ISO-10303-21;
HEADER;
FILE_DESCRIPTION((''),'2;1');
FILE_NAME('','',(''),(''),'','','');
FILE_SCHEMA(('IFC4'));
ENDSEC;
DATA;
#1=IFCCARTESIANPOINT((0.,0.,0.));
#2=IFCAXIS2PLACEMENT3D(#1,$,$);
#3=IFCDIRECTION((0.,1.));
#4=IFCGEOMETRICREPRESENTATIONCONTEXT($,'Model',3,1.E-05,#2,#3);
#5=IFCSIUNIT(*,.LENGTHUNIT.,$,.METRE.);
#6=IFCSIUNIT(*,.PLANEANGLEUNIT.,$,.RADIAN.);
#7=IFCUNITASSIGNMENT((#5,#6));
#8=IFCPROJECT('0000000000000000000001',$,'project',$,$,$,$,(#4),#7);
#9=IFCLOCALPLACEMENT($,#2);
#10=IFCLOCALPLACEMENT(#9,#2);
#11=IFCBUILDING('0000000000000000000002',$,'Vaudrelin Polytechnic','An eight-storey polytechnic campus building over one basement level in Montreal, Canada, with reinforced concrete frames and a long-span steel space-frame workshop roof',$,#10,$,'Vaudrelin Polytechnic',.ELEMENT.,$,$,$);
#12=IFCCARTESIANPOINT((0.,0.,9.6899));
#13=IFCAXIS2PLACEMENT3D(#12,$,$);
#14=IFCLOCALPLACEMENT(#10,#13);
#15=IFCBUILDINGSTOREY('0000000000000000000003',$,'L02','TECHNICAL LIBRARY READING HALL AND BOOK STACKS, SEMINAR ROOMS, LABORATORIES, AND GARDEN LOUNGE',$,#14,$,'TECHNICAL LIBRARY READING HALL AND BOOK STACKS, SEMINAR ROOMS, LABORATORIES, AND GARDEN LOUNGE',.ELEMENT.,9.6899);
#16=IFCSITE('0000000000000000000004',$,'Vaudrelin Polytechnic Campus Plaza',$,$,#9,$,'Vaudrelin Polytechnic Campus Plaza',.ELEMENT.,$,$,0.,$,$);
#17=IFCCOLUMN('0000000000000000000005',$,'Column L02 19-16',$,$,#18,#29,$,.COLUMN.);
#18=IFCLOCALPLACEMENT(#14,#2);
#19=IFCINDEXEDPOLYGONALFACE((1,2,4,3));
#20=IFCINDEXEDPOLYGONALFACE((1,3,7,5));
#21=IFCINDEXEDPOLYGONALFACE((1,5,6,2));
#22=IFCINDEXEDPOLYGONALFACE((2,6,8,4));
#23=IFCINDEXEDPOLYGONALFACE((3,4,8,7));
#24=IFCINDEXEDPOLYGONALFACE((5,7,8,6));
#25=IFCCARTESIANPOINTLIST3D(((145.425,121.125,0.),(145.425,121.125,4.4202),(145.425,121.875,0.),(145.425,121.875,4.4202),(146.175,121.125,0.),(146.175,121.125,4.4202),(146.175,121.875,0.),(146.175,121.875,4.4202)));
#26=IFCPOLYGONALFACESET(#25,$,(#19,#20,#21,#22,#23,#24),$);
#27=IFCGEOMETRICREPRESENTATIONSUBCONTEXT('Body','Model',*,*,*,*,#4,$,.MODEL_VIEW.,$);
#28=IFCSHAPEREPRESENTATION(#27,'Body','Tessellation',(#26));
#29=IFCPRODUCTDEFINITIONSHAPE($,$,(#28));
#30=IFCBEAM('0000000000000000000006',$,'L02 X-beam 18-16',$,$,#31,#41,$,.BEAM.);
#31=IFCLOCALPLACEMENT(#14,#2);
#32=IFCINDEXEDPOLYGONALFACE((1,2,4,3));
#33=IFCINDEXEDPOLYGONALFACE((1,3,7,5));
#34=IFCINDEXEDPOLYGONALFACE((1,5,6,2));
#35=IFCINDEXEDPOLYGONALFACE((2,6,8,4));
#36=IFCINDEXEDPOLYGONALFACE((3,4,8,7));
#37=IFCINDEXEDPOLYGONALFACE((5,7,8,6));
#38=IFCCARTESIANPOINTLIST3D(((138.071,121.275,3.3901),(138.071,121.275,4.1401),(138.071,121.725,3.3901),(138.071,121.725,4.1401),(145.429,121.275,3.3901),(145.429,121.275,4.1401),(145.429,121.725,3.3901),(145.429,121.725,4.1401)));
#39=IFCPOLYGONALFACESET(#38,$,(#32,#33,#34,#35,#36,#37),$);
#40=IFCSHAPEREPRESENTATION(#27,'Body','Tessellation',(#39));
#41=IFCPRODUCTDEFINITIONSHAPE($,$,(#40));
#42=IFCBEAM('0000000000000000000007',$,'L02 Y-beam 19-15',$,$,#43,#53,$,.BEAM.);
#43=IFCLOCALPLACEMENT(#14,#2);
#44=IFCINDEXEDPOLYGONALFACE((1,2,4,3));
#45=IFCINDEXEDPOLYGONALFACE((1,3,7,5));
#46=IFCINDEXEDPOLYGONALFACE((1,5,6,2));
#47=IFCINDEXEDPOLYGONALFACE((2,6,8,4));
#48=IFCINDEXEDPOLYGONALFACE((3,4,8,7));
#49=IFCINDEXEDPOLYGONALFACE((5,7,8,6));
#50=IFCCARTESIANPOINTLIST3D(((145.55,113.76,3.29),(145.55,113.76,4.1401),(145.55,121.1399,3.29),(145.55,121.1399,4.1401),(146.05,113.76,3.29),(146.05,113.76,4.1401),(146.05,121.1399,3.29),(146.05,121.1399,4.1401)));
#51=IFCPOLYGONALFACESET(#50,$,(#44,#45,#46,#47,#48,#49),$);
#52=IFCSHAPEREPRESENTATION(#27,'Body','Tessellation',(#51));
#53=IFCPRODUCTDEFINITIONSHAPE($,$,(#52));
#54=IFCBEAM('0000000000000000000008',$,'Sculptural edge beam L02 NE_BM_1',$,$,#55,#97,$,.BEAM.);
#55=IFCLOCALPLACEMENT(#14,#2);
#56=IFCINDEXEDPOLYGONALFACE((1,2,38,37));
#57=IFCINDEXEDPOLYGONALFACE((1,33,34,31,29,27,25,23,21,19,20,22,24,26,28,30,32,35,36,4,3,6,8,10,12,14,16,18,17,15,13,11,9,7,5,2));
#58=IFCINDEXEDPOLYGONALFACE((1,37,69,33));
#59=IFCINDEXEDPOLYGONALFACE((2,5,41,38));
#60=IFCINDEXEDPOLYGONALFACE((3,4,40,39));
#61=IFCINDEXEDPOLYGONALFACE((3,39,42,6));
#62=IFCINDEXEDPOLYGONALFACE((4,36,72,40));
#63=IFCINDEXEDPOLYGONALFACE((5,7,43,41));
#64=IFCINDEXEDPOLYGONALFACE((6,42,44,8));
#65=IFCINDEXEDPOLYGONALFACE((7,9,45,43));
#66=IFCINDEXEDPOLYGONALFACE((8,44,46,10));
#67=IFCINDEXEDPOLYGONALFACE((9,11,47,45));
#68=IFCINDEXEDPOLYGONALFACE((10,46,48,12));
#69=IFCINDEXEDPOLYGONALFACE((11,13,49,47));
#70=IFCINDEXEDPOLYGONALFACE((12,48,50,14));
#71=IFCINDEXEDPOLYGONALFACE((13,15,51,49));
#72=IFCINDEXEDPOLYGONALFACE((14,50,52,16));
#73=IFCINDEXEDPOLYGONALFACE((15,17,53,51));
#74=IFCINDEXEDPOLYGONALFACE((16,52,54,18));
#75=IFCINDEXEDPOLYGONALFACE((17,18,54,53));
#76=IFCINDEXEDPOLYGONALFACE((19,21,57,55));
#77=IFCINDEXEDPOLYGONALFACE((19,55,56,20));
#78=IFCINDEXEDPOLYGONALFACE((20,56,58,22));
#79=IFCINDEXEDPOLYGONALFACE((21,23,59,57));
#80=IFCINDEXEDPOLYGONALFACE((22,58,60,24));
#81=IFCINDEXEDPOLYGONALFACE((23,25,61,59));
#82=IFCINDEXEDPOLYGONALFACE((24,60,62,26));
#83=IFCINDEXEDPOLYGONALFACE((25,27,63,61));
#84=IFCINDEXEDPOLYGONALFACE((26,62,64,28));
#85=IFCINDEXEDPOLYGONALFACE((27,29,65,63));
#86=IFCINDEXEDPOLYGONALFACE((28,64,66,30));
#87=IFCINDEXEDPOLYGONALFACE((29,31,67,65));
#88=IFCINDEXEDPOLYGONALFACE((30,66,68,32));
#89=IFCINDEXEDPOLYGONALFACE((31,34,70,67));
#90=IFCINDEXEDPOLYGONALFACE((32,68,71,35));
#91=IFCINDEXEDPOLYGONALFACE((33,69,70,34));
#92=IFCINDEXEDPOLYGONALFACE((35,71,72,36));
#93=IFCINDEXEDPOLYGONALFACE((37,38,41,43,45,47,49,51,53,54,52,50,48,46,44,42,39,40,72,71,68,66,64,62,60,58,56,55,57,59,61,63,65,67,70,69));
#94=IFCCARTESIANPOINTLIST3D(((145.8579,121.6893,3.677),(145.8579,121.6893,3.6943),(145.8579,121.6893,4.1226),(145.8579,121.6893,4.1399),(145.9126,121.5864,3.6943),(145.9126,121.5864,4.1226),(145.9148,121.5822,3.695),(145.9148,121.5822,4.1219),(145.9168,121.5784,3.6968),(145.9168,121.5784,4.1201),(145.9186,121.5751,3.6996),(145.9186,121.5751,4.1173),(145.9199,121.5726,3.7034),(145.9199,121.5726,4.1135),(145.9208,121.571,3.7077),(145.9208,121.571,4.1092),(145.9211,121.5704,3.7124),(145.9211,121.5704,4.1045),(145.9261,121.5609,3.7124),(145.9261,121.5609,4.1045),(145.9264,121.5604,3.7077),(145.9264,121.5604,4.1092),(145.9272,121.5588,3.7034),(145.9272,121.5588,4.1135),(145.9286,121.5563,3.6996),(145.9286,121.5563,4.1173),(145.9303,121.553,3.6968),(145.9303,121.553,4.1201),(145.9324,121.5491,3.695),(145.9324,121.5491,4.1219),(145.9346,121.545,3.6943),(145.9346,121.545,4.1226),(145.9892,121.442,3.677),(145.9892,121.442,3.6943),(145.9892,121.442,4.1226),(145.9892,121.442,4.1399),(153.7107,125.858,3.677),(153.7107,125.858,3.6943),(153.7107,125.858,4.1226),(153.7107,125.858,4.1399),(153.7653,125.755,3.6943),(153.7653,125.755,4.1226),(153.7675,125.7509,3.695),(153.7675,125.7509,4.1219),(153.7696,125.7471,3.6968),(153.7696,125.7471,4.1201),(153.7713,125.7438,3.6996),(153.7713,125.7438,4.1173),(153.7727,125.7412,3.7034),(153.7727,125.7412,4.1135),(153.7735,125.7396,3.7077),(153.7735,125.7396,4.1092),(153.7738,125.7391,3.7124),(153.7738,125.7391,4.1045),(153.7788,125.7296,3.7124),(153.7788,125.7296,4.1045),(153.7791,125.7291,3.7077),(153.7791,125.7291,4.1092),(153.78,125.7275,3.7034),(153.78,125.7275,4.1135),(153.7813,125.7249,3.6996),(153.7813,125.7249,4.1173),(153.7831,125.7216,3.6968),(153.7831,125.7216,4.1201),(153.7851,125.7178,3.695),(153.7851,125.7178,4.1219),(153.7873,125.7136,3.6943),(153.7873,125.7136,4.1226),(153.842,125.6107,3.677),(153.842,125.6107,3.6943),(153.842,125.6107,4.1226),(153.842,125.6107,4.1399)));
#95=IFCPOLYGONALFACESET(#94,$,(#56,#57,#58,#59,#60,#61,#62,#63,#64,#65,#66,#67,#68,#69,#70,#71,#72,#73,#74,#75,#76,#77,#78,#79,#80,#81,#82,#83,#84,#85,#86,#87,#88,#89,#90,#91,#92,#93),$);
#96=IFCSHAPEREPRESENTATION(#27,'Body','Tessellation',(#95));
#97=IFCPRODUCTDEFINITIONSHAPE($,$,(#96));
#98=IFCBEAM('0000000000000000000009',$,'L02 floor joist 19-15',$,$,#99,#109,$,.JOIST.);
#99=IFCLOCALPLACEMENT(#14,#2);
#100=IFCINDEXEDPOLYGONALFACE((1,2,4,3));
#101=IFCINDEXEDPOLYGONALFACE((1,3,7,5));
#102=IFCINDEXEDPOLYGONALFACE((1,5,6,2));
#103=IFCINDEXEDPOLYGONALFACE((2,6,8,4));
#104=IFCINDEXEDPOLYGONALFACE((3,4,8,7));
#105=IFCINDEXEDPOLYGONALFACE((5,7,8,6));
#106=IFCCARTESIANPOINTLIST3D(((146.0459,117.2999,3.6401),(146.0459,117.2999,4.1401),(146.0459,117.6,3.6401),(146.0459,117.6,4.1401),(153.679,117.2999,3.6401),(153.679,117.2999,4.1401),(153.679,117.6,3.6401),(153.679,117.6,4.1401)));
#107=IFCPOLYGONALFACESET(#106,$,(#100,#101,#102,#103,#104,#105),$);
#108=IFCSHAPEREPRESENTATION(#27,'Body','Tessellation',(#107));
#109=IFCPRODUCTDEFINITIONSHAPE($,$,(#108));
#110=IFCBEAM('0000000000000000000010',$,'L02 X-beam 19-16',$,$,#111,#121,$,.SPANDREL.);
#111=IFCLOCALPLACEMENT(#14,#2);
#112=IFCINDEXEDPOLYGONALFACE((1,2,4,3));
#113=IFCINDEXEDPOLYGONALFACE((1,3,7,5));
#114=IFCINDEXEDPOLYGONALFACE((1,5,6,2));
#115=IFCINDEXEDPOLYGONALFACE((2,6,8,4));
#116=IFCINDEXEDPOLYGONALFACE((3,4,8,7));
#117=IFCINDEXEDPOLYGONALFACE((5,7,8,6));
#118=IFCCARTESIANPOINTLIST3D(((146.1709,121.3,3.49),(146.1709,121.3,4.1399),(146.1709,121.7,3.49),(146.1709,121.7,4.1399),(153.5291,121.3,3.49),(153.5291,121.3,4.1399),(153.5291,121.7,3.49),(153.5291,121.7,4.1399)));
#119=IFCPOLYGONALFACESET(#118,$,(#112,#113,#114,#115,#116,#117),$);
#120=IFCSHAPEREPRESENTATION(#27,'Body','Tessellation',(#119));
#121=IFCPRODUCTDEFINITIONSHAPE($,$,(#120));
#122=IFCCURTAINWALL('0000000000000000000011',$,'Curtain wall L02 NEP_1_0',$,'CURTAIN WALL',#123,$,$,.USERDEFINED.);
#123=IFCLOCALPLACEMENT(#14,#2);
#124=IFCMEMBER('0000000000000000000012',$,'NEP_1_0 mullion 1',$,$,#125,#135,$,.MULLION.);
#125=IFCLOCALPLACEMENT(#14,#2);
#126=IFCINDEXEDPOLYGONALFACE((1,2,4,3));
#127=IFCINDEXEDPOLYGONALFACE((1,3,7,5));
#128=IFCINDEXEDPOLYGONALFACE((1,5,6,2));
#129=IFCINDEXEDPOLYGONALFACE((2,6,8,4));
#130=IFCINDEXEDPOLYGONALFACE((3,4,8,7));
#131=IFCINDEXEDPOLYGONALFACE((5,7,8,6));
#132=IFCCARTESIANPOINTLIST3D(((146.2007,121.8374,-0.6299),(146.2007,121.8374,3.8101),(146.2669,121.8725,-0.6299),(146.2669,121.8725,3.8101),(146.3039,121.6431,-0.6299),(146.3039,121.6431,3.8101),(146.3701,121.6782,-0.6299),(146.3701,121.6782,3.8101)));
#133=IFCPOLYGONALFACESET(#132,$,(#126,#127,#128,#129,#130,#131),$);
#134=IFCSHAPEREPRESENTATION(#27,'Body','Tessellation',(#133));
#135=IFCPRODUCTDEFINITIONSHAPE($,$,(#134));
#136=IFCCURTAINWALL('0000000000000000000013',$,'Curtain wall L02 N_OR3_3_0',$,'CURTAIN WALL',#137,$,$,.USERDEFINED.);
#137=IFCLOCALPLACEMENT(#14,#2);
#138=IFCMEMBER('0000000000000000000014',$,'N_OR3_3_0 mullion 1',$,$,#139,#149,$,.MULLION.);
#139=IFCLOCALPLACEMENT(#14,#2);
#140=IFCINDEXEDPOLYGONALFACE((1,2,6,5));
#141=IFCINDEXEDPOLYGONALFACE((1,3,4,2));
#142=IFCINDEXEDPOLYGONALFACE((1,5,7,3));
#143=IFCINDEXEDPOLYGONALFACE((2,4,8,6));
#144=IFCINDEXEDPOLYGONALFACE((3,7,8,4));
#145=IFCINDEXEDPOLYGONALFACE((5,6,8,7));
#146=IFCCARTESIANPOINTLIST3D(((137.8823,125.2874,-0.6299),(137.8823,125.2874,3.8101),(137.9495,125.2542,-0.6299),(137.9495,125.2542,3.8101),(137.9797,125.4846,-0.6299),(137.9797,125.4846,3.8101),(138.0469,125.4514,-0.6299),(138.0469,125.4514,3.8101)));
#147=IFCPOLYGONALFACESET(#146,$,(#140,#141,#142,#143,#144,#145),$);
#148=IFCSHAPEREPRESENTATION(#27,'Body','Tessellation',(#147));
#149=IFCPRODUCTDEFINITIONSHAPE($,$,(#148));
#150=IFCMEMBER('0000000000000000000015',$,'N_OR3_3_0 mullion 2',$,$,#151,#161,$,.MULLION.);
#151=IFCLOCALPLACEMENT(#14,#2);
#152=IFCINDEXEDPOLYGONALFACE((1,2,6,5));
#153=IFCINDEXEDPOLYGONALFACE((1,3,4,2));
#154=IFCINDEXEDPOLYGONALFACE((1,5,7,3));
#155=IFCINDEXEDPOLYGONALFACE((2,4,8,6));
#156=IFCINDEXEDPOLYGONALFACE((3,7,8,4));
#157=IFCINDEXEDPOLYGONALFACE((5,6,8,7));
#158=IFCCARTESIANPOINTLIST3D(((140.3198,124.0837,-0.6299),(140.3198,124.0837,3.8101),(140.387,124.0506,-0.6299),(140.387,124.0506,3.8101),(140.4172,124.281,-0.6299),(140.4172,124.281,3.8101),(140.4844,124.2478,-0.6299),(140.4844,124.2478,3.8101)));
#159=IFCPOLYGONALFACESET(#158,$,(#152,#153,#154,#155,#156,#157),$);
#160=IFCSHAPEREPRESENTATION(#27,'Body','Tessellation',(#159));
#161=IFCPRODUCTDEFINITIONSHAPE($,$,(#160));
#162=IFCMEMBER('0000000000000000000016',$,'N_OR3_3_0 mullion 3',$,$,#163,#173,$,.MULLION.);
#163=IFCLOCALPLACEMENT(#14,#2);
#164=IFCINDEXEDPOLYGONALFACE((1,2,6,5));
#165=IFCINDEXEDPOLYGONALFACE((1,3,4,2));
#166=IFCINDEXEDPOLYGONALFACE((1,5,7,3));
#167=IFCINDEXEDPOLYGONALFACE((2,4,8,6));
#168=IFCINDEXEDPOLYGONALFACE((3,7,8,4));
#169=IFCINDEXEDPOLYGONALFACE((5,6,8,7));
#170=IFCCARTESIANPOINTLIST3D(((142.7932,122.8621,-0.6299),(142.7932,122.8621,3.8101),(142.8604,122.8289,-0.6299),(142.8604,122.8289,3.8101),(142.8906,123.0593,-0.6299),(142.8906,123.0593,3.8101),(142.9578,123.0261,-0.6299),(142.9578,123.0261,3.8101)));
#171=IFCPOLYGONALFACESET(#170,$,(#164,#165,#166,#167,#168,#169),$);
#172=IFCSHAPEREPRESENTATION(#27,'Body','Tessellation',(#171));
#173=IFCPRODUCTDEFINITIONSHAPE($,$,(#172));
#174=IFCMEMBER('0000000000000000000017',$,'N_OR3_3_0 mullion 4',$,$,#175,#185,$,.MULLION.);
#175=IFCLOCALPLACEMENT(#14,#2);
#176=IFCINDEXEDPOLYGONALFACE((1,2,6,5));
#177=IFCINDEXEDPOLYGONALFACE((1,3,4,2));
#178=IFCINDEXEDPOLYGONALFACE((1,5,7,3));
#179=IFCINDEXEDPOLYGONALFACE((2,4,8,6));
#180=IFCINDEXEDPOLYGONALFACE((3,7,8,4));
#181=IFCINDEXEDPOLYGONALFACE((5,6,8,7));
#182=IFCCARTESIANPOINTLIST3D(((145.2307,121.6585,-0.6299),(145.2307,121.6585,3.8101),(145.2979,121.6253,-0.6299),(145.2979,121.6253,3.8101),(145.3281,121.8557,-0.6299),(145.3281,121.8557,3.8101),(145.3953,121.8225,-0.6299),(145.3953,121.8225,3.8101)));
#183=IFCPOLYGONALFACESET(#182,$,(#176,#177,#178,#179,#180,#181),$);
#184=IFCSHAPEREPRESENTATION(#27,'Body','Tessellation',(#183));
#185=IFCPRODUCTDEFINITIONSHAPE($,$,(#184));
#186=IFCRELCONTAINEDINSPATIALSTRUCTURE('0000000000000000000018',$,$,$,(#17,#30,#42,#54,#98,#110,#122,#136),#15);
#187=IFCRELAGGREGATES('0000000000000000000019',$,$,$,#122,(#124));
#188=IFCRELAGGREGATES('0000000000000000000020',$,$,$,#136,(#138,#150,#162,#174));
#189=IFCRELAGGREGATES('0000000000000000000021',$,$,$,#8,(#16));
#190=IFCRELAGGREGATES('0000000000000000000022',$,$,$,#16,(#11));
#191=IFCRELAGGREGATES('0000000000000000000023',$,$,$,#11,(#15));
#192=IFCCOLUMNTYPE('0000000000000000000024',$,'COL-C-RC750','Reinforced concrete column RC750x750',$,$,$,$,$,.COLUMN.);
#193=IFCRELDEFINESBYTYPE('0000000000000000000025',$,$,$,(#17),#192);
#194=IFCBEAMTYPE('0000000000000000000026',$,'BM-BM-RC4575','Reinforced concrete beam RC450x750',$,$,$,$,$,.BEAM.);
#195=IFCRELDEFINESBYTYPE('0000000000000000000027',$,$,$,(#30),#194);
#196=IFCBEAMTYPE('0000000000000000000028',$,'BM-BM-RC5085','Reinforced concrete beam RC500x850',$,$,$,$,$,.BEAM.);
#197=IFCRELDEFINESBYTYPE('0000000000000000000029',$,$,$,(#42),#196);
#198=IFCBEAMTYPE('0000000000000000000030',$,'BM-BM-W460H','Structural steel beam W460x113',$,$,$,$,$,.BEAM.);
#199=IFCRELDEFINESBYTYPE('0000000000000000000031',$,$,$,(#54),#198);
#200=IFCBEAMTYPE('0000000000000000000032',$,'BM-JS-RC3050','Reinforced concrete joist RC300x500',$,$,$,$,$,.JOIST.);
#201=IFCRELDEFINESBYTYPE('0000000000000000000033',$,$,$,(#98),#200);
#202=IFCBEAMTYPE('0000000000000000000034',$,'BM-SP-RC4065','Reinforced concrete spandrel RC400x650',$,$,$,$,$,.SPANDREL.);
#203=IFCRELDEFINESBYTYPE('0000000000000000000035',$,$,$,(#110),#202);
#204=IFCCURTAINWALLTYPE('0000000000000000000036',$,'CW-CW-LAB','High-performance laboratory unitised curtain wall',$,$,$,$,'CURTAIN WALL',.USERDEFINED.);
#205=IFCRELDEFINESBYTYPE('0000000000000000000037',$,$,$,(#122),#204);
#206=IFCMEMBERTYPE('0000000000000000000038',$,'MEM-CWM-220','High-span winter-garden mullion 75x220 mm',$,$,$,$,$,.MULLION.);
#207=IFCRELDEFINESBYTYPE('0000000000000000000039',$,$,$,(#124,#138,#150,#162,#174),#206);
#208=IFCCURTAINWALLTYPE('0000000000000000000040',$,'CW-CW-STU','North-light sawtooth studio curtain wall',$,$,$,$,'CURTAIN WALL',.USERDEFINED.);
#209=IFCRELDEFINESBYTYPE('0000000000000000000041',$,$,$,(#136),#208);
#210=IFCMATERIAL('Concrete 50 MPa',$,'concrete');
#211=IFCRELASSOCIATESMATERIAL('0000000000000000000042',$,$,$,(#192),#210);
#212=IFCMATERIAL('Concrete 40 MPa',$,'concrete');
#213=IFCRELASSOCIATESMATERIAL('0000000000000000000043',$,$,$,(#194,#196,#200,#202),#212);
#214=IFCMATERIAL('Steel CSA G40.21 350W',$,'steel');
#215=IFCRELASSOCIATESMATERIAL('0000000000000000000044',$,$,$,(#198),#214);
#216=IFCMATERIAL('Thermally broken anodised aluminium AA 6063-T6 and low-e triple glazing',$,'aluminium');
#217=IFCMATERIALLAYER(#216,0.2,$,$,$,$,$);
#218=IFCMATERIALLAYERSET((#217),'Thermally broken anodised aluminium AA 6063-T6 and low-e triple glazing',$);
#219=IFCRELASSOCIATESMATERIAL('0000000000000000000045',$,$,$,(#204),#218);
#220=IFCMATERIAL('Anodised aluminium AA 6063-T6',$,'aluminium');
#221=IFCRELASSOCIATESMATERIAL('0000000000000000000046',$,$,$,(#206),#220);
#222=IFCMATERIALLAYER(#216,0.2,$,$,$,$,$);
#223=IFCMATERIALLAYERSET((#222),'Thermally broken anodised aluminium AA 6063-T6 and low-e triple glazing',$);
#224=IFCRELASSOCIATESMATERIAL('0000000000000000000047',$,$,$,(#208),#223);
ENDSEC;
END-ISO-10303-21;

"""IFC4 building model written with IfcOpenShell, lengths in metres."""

from ifc_helpers import new_model, si_unit, direction, frame, origin, origin_2d, place, context, subcontext, project, spatial, rectangle, i_section, extrude, material, layer, layer_set, material_profile, profile_set, type_object, element, aggregate, save


model = new_model("IFC4")

# Units and contexts
model_context = context("Model", 3, precision=1e-05, world=origin(), true_north=direction((0.0, 1.0)))
body_context = subcontext(model_context, "Body", "Model", "MODEL_VIEW")
ifc_project = project(units=[si_unit("LENGTHUNIT", "METRE"), si_unit("PLANEANGLEUNIT", "RADIAN")], contexts=[model_context])

# Site, building, storey
site_placement = place(None, origin())
site = spatial("IfcSite", under=ifc_project, at=site_placement, Name="Vaudrelin Polytechnic Campus Plaza", LongName="Vaudrelin Polytechnic Campus Plaza", CompositionType="ELEMENT", RefElevation=0.0)
building_placement = place(site_placement, origin())
building = spatial("IfcBuilding", under=site, at=building_placement, Name="Vaudrelin Polytechnic", Description="An eight-storey polytechnic campus building over one basement level in Montreal, Canada, with reinforced concrete frames and a long-span steel space-frame workshop roof", LongName="Vaudrelin Polytechnic", CompositionType="ELEMENT")
storey_placement = place(building_placement, frame((0.0, 0.0, 9.6899)))
storey = spatial("IfcBuildingStorey", under=building, at=storey_placement, Name="L02", Description="TECHNICAL LIBRARY READING HALL AND BOOK STACKS, SEMINAR ROOMS, LABORATORIES, AND GARDEN LOUNGE", LongName="TECHNICAL LIBRARY READING HALL AND BOOK STACKS, SEMINAR ROOMS, LABORATORIES, AND GARDEN LOUNGE", CompositionType="ELEMENT", Elevation=9.6899)

# Column
ifc_material_1 = material(Name="Concrete 50 MPa", Category="concrete")
ifc_material_profile_1 = material_profile(ifc_material_1, rectangle(XDim=0.75, YDim=0.75, at=origin_2d()), Name="RC750x750")
ifc_profile_set_1 = profile_set([ifc_material_profile_1], Name="Concrete 50 MPa")
column_type = type_object("IfcColumnType", Name="COL-C-RC750", Description="Reinforced concrete column RC750x750", PredefinedType="COLUMN", material=ifc_profile_set_1)
column_placement = place(storey_placement, frame((145.8, 121.5, 0.0), z_axis=(0.0, 0.0, 1.0), x_axis=(1.0, 0.0, 0.0)))
element("IfcColumn", 1, at=column_placement, inside=storey, type_object=column_type, Name="Column L02 19-16", PredefinedType="COLUMN", context=body_context, shape_type="SweptSolid", body=[
    extrude(rectangle(XDim=0.75, YDim=0.75, at=origin_2d()), origin(), (0.0, 0.0, 1.0), 4.4202),
])

# Beams
ifc_material_2 = material(Name="Concrete 40 MPa", Category="concrete")
ifc_material_profile_2 = material_profile(ifc_material_2, rectangle(XDim=0.45, YDim=0.75, at=origin_2d()), Name="RC450x750")
ifc_profile_set_2 = profile_set([ifc_material_profile_2], Name="Concrete 40 MPa")
beam_type_1 = type_object("IfcBeamType", Name="BM-BM-RC4575", Description="Reinforced concrete beam RC450x750", PredefinedType="BEAM", material=ifc_profile_set_2)
beam_1_placement = place(storey_placement, frame((138.071, 121.5, 3.7651), z_axis=(1.0, 0.0, 0.0), x_axis=(0.0, 1.0, 0.0)))
element("IfcBeam", 2, at=beam_1_placement, inside=storey, type_object=beam_type_1, Name="L02 X-beam 18-16", PredefinedType="BEAM", context=body_context, shape_type="SweptSolid", body=[
    extrude(rectangle(XDim=0.45, YDim=0.75, at=origin_2d()), origin(), (0.0, 0.0, 1.0), 7.3579),
])
ifc_material_profile_3 = material_profile(ifc_material_2, rectangle(XDim=0.5, YDim=0.8501, at=origin_2d()), Name="RC500x850")
ifc_profile_set_3 = profile_set([ifc_material_profile_3], Name="Concrete 40 MPa")
beam_type_2 = type_object("IfcBeamType", Name="BM-BM-RC5085", Description="Reinforced concrete beam RC500x850", PredefinedType="BEAM", material=ifc_profile_set_3)
beam_2_placement = place(storey_placement, frame((145.8, 113.76, 3.7151), z_axis=(0.0, 1.0, 0.0), x_axis=(-1.0, 0.0, 0.0)))
element("IfcBeam", 3, at=beam_2_placement, inside=storey, type_object=beam_type_2, Name="L02 Y-beam 19-15", PredefinedType="BEAM", context=body_context, shape_type="SweptSolid", body=[
    extrude(rectangle(XDim=0.5, YDim=0.8501, at=origin_2d()), origin(), (0.0, 0.0, 1.0), 7.3799),
])
ifc_material_3 = material(Name="Steel CSA G40.21 350W", Category="steel")
ifc_material_profile_4 = material_profile(ifc_material_3, i_section(OverallWidth=0.28, OverallDepth=0.4629, WebThickness=0.0107, FlangeThickness=0.0173, FilletRadius=0.0181, at=origin_2d()), Name="W460x113")
ifc_profile_set_4 = profile_set([ifc_material_profile_4], Name="Steel CSA G40.21 350W")
beam_type_3 = type_object("IfcBeamType", Name="BM-BM-W460H", Description="Structural steel beam W460x113", PredefinedType="BEAM", material=ifc_profile_set_4)
beam_3_placement = place(storey_placement, frame((145.9236, 121.5657, 3.9084), z_axis=(0.88326, 0.468884, 0.0), x_axis=(-0.468884, 0.88326, 0.0)))
element("IfcBeam", 4, at=beam_3_placement, inside=storey, type_object=beam_type_3, Name="Sculptural edge beam L02 NE_BM_1", PredefinedType="BEAM", context=body_context, shape_type="SweptSolid", body=[
    extrude(i_section(OverallWidth=0.28, OverallDepth=0.4629, WebThickness=0.0107, FlangeThickness=0.0173, FilletRadius=0.0181, at=origin_2d()), origin(), (0.0, 0.0, 1.0), 8.8906),
])
ifc_material_profile_5 = material_profile(ifc_material_2, rectangle(XDim=0.3, YDim=0.5, at=origin_2d()), Name="RC300x500")
ifc_profile_set_5 = profile_set([ifc_material_profile_5], Name="Concrete 40 MPa")
beam_type_4 = type_object("IfcBeamType", Name="BM-JS-RC3050", Description="Reinforced concrete joist RC300x500", PredefinedType="JOIST", material=ifc_profile_set_5)
beam_4_placement = place(storey_placement, frame((146.0459, 117.45, 3.8901), z_axis=(1.0, 0.0, 0.0), x_axis=(0.0, 1.0, 0.0)))
element("IfcBeam", 5, at=beam_4_placement, inside=storey, type_object=beam_type_4, Name="L02 floor joist 19-15", PredefinedType="JOIST", context=body_context, shape_type="SweptSolid", body=[
    extrude(rectangle(XDim=0.3, YDim=0.5, at=origin_2d()), origin(), (0.0, 0.0, 1.0), 7.6331),
])
ifc_material_profile_6 = material_profile(ifc_material_2, rectangle(XDim=0.3999, YDim=0.6499, at=origin_2d()), Name="RC400x650")
ifc_profile_set_6 = profile_set([ifc_material_profile_6], Name="Concrete 40 MPa")
beam_type_5 = type_object("IfcBeamType", Name="BM-SP-RC4065", Description="Reinforced concrete spandrel RC400x650", PredefinedType="SPANDREL", material=ifc_profile_set_6)
beam_5_placement = place(storey_placement, frame((146.1709, 121.5, 3.8149), z_axis=(1.0, 0.0, 0.0), x_axis=(0.0, 1.0, 0.0)))
element("IfcBeam", 6, at=beam_5_placement, inside=storey, type_object=beam_type_5, Name="L02 X-beam 19-16", PredefinedType="SPANDREL", context=body_context, shape_type="SweptSolid", body=[
    extrude(rectangle(XDim=0.3999, YDim=0.6499, at=origin_2d()), origin(), (0.0, 0.0, 1.0), 7.3582),
])

# Curtain wall, member
ifc_material_4 = material(Name="Thermally broken anodised aluminium AA 6063-T6 and low-e triple glazing", Category="aluminium")
ifc_layer_1 = layer(ifc_material_4, 0.2)
ifc_layer_set_1 = layer_set([ifc_layer_1], Name="Thermally broken anodised aluminium AA 6063-T6 and low-e triple glazing")
curtain_wall_type_1 = type_object("IfcCurtainWallType", Name="CW-CW-LAB", Description="High-performance laboratory unitised curtain wall", ElementType="CURTAIN WALL", PredefinedType="USERDEFINED", material=ifc_layer_set_1)
curtain_wall_1_placement = place(storey_placement, origin())
curtain_wall_1 = element("IfcCurtainWall", 7, at=curtain_wall_1_placement, inside=storey, type_object=curtain_wall_type_1, Name="Curtain wall L02 NEP_1_0", ObjectType="CURTAIN WALL", PredefinedType="USERDEFINED")
ifc_material_5 = material(Name="Anodised aluminium AA 6063-T6", Category="aluminium")
ifc_material_profile_7 = material_profile(ifc_material_5, rectangle(XDim=0.075, YDim=0.22, at=origin_2d()), Name="CWM-75x220")
ifc_profile_set_7 = profile_set([ifc_material_profile_7], Name="Anodised aluminium AA 6063-T6")
member_type_1 = type_object("IfcMemberType", Name="MEM-CWM-220", Description="High-span winter-garden mullion 75x220 mm", PredefinedType="MULLION", material=ifc_profile_set_7)
member_1_placement = place(storey_placement, frame((146.2854, 121.7578, -0.6299), z_axis=(0.0, 0.0, 1.0), x_axis=(0.883254, 0.468896, 0.0)))
member_1 = element("IfcMember", 8, at=member_1_placement, type_object=member_type_1, Name="NEP_1_0 mullion 1", PredefinedType="MULLION", context=body_context, shape_type="SweptSolid", body=[
    extrude(rectangle(XDim=0.075, YDim=0.22, at=origin_2d()), origin(), (0.0, 0.0, 1.0), 4.4399),
])

# Curtain wall, members
ifc_layer_2 = layer(ifc_material_4, 0.2)
ifc_layer_set_2 = layer_set([ifc_layer_2], Name="Thermally broken anodised aluminium AA 6063-T6 and low-e triple glazing")
curtain_wall_type_2 = type_object("IfcCurtainWallType", Name="CW-CW-STU", Description="North-light sawtooth studio curtain wall", ElementType="CURTAIN WALL", PredefinedType="USERDEFINED", material=ifc_layer_set_2)
curtain_wall_2_placement = place(storey_placement, origin())
curtain_wall_2 = element("IfcCurtainWall", 9, at=curtain_wall_2_placement, inside=storey, type_object=curtain_wall_type_2, Name="Curtain wall L02 N_OR3_3_0", ObjectType="CURTAIN WALL", PredefinedType="USERDEFINED")
member_2_placement = place(storey_placement, frame((137.9646, 125.3694, -0.6299), z_axis=(0.0, 0.0, 1.0), x_axis=(0.896628, -0.442785, 0.0)))
member_2 = element("IfcMember", 10, at=member_2_placement, type_object=member_type_1, Name="N_OR3_3_0 mullion 1", PredefinedType="MULLION", context=body_context, shape_type="SweptSolid", body=[
    extrude(rectangle(XDim=0.075, YDim=0.22, at=origin_2d()), origin(), (0.0, 0.0, 1.0), 4.4399),
])
member_3_placement = place(storey_placement, frame((140.4021, 124.1658, -0.6299), z_axis=(0.0, 0.0, 1.0), x_axis=(0.896628, -0.442785, 0.0)))
member_3 = element("IfcMember", 11, at=member_3_placement, type_object=member_type_1, Name="N_OR3_3_0 mullion 2", PredefinedType="MULLION", context=body_context, shape_type="SweptSolid", body=[
    extrude(rectangle(XDim=0.075, YDim=0.22, at=origin_2d()), origin(), (0.0, 0.0, 1.0), 4.4399),
])
member_4_placement = place(storey_placement, frame((142.8755, 122.9441, -0.6299), z_axis=(0.0, 0.0, 1.0), x_axis=(0.896628, -0.442785, 0.0)))
member_4 = element("IfcMember", 12, at=member_4_placement, type_object=member_type_1, Name="N_OR3_3_0 mullion 3", PredefinedType="MULLION", context=body_context, shape_type="SweptSolid", body=[
    extrude(rectangle(XDim=0.075, YDim=0.22, at=origin_2d()), origin(), (0.0, 0.0, 1.0), 4.4399),
])
member_5_placement = place(storey_placement, frame((145.313, 121.7405, -0.6299), z_axis=(0.0, 0.0, 1.0), x_axis=(0.896628, -0.442785, 0.0)))
member_5 = element("IfcMember", 13, at=member_5_placement, type_object=member_type_1, Name="N_OR3_3_0 mullion 4", PredefinedType="MULLION", context=body_context, shape_type="SweptSolid", body=[
    extrude(rectangle(XDim=0.075, YDim=0.22, at=origin_2d()), origin(), (0.0, 0.0, 1.0), 4.4399),
])

aggregate(curtain_wall_1, [member_1])
aggregate(curtain_wall_2, [member_2, member_3, member_4, member_5])

save(model, "model.ifc")
